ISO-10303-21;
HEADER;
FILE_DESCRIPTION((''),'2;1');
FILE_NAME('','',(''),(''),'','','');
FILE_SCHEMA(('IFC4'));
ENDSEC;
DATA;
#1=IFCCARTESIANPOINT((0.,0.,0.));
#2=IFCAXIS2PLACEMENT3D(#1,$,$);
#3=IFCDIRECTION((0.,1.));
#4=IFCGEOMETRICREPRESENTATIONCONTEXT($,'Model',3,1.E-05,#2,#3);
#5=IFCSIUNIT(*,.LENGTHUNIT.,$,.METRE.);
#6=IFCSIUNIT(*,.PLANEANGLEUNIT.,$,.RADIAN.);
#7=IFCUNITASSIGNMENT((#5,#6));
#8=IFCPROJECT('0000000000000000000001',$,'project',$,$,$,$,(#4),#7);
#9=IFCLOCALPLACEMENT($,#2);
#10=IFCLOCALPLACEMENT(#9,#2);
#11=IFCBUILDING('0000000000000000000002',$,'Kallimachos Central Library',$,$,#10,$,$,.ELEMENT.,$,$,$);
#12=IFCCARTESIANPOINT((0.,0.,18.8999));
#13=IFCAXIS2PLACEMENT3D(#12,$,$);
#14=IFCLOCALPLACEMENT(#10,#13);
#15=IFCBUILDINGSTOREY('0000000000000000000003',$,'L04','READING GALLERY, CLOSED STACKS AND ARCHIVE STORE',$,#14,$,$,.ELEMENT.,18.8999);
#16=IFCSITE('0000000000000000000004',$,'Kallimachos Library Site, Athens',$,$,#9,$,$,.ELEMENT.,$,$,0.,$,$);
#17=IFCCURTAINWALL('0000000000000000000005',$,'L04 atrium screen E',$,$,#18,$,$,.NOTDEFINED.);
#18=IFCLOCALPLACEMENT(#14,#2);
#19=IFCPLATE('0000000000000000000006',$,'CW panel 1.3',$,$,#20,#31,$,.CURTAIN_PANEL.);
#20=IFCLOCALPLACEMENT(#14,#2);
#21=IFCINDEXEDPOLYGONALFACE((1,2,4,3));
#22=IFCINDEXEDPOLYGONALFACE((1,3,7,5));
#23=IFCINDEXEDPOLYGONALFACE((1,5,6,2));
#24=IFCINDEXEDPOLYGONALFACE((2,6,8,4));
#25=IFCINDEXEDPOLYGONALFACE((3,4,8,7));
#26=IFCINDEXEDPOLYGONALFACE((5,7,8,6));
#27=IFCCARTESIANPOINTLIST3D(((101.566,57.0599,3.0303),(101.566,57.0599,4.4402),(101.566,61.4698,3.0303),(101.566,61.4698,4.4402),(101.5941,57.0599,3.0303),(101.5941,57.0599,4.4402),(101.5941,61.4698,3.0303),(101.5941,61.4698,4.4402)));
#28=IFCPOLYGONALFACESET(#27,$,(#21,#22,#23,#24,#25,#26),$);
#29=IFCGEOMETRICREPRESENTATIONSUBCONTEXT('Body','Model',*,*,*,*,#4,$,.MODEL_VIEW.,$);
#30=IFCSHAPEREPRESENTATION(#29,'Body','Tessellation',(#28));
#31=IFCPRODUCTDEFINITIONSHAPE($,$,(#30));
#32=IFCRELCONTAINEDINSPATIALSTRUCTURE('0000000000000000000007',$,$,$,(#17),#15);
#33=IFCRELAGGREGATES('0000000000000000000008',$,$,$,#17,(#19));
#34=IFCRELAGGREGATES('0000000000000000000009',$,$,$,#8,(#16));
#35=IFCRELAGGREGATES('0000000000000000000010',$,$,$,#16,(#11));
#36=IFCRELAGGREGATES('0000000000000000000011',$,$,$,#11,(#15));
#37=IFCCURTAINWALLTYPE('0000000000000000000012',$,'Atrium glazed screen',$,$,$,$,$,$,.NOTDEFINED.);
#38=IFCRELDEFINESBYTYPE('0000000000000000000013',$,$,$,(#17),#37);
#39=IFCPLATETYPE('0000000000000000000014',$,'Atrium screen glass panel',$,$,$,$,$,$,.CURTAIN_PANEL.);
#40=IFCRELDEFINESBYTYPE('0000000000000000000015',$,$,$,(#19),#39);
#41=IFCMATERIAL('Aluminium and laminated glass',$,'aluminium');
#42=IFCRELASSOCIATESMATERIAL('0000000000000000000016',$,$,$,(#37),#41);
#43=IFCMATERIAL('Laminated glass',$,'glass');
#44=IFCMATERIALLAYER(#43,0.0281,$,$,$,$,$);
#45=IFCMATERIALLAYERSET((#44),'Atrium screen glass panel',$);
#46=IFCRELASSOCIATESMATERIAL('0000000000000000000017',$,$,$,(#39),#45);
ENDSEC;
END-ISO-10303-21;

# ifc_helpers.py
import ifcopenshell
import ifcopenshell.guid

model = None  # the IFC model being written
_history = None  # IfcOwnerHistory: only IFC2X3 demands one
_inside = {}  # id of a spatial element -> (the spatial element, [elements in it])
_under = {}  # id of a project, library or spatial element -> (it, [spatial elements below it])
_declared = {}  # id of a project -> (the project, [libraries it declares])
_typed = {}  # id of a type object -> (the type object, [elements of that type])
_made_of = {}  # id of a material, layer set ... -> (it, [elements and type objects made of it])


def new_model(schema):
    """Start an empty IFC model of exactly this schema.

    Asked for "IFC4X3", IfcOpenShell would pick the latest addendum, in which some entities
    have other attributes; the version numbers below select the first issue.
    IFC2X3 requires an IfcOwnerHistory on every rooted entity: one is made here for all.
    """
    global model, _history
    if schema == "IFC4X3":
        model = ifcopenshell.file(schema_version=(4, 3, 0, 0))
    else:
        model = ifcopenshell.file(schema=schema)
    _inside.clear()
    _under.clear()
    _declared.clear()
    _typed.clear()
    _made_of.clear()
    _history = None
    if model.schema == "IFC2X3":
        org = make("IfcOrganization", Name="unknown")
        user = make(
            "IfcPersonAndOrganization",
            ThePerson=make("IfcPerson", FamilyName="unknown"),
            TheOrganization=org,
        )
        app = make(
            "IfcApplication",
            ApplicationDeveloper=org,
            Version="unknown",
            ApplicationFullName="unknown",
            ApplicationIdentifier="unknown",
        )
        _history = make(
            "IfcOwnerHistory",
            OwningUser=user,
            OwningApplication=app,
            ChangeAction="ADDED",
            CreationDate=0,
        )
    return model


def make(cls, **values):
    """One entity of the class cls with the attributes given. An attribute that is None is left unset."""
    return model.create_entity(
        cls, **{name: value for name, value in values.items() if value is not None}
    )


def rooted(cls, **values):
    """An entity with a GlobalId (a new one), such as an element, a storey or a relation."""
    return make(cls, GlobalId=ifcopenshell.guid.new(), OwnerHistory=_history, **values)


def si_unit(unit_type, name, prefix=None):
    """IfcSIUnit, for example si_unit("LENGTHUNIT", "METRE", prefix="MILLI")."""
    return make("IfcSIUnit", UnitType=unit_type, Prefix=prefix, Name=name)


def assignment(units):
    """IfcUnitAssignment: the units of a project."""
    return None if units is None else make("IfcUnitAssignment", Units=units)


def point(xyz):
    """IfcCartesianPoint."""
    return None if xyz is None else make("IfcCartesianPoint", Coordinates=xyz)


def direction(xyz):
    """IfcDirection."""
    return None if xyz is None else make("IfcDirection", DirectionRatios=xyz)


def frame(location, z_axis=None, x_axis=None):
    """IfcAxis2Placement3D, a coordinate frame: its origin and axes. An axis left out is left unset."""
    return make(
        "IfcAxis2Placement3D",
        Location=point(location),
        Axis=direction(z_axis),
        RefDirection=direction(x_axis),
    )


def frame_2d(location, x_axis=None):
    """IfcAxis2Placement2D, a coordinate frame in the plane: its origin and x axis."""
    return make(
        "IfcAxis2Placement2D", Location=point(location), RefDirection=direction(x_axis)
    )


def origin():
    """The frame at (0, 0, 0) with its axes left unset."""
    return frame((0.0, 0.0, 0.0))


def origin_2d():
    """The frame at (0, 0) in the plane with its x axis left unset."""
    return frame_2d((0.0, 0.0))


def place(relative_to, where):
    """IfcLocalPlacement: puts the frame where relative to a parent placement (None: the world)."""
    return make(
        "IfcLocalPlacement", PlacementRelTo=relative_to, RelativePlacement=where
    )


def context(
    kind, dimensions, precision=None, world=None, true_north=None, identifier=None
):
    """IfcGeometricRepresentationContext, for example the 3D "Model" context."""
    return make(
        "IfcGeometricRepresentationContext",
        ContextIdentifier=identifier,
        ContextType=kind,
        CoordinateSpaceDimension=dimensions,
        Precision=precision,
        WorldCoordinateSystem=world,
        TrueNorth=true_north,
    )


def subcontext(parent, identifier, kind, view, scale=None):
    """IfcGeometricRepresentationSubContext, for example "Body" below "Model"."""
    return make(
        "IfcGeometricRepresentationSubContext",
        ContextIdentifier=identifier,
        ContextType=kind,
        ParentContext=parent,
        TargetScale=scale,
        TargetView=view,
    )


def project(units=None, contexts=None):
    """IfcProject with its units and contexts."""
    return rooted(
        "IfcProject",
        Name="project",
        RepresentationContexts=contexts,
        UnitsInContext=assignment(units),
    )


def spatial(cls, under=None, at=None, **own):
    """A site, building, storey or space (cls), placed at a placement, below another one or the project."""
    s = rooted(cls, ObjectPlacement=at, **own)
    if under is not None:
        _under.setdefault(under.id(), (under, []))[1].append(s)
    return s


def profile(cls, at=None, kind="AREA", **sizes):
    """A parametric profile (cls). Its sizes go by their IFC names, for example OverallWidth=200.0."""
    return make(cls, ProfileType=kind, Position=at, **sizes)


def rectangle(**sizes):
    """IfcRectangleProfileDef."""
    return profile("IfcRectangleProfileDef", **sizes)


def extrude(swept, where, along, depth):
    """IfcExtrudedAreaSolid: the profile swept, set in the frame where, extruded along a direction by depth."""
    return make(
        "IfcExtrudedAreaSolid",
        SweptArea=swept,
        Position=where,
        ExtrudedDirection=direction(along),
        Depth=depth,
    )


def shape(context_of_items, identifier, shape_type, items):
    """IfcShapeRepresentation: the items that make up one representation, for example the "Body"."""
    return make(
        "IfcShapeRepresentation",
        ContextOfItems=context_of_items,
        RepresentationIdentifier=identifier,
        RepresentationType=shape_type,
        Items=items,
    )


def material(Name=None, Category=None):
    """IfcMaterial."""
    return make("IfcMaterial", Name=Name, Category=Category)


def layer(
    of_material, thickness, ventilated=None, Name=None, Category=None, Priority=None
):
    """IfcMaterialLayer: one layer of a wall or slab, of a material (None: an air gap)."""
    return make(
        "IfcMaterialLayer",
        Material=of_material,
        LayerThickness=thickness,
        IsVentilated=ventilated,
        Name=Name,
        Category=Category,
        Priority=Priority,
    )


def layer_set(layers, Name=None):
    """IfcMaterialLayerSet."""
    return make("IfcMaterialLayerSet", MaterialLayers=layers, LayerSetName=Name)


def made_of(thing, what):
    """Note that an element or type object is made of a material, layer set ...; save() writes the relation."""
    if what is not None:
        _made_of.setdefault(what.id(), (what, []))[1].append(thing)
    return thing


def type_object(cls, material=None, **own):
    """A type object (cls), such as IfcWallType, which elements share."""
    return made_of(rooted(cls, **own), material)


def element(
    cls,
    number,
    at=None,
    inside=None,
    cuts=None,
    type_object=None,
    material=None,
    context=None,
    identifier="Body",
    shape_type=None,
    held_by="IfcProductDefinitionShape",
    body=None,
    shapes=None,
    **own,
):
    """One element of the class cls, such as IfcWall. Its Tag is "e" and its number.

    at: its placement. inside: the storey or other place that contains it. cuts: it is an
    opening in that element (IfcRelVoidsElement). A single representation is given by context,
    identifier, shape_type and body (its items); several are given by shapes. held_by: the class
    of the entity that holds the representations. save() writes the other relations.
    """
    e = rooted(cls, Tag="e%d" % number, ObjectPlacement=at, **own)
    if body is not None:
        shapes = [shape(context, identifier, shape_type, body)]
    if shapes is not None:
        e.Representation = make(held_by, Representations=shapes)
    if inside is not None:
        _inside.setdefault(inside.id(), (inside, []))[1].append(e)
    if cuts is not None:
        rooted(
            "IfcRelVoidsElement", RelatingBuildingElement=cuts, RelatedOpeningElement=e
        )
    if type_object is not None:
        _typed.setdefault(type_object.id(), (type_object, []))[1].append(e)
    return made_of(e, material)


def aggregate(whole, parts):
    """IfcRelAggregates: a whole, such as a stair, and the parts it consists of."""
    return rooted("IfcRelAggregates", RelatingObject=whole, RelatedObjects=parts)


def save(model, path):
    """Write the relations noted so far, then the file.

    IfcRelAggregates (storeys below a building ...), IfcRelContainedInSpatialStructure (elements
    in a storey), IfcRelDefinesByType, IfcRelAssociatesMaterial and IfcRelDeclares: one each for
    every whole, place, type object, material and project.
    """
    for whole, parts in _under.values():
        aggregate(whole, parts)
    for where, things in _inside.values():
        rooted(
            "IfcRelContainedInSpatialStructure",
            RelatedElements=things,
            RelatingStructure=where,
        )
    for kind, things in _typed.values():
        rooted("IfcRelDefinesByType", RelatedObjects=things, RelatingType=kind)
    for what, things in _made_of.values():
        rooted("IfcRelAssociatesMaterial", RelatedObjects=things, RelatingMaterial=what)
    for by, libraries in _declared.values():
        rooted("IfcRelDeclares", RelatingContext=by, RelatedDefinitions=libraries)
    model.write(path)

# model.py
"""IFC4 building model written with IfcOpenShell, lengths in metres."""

from ifc_helpers import new_model, si_unit, direction, frame, origin, origin_2d, place, context, subcontext, project, spatial, rectangle, extrude, material, layer, layer_set, type_object, element, aggregate, save


model = new_model("IFC4")

# Units and contexts
model_context = context("Model", 3, precision=1e-05, world=origin(), true_north=direction((0.0, 1.0)))
body_context = subcontext(model_context, "Body", "Model", "MODEL_VIEW")
ifc_project = project(units=[si_unit("LENGTHUNIT", "METRE"), si_unit("PLANEANGLEUNIT", "RADIAN")], contexts=[model_context])

# Site, building, storey
site_placement = place(None, origin())
site = spatial("IfcSite", under=ifc_project, at=site_placement, Name="Kallimachos Library Site, Athens", CompositionType="ELEMENT", RefElevation=0.0)
building_placement = place(site_placement, origin())
building = spatial("IfcBuilding", under=site, at=building_placement, Name="Kallimachos Central Library", CompositionType="ELEMENT")
storey_placement = place(building_placement, frame((0.0, 0.0, 18.8999)))
storey = spatial("IfcBuildingStorey", under=building, at=storey_placement, Name="L04", Description="READING GALLERY, CLOSED STACKS AND ARCHIVE STORE", CompositionType="ELEMENT", Elevation=18.8999)

# Curtain wall
ifc_material_1 = material(Name="Aluminium and laminated glass", Category="aluminium")
curtain_wall_type = type_object("IfcCurtainWallType", Name="Atrium glazed screen", PredefinedType="NOTDEFINED", material=ifc_material_1)
curtain_wall_1_placement = place(storey_placement, origin())
curtain_wall_1 = element("IfcCurtainWall", 1, at=curtain_wall_1_placement, inside=storey, type_object=curtain_wall_type, Name="L04 atrium screen E", PredefinedType="NOTDEFINED")

# Plate
ifc_material_2 = material(Name="Laminated glass", Category="glass")
ifc_layer = layer(ifc_material_2, 0.0281)
ifc_layer_set = layer_set([ifc_layer], Name="Atrium screen glass panel")
plate_type = type_object("IfcPlateType", Name="Atrium screen glass panel", PredefinedType="CURTAIN_PANEL", material=ifc_layer_set)
plate_1_placement = place(storey_placement, frame((101.5801, 59.2649, 3.0303), z_axis=(0.0, 0.0, 1.0), x_axis=(0.0, 1.0, 0.0)))
plate_1 = element("IfcPlate", 2, at=plate_1_placement, type_object=plate_type, Name="CW panel 1.3", PredefinedType="CURTAIN_PANEL", context=body_context, shape_type="SweptSolid", body=[
    extrude(rectangle(XDim=4.4099, YDim=0.0281, at=origin_2d()), origin(), (0.0, 0.0, 1.0), 1.4099),
])
aggregate(curtain_wall_1, [plate_1])

save(model, "model.ifc")
